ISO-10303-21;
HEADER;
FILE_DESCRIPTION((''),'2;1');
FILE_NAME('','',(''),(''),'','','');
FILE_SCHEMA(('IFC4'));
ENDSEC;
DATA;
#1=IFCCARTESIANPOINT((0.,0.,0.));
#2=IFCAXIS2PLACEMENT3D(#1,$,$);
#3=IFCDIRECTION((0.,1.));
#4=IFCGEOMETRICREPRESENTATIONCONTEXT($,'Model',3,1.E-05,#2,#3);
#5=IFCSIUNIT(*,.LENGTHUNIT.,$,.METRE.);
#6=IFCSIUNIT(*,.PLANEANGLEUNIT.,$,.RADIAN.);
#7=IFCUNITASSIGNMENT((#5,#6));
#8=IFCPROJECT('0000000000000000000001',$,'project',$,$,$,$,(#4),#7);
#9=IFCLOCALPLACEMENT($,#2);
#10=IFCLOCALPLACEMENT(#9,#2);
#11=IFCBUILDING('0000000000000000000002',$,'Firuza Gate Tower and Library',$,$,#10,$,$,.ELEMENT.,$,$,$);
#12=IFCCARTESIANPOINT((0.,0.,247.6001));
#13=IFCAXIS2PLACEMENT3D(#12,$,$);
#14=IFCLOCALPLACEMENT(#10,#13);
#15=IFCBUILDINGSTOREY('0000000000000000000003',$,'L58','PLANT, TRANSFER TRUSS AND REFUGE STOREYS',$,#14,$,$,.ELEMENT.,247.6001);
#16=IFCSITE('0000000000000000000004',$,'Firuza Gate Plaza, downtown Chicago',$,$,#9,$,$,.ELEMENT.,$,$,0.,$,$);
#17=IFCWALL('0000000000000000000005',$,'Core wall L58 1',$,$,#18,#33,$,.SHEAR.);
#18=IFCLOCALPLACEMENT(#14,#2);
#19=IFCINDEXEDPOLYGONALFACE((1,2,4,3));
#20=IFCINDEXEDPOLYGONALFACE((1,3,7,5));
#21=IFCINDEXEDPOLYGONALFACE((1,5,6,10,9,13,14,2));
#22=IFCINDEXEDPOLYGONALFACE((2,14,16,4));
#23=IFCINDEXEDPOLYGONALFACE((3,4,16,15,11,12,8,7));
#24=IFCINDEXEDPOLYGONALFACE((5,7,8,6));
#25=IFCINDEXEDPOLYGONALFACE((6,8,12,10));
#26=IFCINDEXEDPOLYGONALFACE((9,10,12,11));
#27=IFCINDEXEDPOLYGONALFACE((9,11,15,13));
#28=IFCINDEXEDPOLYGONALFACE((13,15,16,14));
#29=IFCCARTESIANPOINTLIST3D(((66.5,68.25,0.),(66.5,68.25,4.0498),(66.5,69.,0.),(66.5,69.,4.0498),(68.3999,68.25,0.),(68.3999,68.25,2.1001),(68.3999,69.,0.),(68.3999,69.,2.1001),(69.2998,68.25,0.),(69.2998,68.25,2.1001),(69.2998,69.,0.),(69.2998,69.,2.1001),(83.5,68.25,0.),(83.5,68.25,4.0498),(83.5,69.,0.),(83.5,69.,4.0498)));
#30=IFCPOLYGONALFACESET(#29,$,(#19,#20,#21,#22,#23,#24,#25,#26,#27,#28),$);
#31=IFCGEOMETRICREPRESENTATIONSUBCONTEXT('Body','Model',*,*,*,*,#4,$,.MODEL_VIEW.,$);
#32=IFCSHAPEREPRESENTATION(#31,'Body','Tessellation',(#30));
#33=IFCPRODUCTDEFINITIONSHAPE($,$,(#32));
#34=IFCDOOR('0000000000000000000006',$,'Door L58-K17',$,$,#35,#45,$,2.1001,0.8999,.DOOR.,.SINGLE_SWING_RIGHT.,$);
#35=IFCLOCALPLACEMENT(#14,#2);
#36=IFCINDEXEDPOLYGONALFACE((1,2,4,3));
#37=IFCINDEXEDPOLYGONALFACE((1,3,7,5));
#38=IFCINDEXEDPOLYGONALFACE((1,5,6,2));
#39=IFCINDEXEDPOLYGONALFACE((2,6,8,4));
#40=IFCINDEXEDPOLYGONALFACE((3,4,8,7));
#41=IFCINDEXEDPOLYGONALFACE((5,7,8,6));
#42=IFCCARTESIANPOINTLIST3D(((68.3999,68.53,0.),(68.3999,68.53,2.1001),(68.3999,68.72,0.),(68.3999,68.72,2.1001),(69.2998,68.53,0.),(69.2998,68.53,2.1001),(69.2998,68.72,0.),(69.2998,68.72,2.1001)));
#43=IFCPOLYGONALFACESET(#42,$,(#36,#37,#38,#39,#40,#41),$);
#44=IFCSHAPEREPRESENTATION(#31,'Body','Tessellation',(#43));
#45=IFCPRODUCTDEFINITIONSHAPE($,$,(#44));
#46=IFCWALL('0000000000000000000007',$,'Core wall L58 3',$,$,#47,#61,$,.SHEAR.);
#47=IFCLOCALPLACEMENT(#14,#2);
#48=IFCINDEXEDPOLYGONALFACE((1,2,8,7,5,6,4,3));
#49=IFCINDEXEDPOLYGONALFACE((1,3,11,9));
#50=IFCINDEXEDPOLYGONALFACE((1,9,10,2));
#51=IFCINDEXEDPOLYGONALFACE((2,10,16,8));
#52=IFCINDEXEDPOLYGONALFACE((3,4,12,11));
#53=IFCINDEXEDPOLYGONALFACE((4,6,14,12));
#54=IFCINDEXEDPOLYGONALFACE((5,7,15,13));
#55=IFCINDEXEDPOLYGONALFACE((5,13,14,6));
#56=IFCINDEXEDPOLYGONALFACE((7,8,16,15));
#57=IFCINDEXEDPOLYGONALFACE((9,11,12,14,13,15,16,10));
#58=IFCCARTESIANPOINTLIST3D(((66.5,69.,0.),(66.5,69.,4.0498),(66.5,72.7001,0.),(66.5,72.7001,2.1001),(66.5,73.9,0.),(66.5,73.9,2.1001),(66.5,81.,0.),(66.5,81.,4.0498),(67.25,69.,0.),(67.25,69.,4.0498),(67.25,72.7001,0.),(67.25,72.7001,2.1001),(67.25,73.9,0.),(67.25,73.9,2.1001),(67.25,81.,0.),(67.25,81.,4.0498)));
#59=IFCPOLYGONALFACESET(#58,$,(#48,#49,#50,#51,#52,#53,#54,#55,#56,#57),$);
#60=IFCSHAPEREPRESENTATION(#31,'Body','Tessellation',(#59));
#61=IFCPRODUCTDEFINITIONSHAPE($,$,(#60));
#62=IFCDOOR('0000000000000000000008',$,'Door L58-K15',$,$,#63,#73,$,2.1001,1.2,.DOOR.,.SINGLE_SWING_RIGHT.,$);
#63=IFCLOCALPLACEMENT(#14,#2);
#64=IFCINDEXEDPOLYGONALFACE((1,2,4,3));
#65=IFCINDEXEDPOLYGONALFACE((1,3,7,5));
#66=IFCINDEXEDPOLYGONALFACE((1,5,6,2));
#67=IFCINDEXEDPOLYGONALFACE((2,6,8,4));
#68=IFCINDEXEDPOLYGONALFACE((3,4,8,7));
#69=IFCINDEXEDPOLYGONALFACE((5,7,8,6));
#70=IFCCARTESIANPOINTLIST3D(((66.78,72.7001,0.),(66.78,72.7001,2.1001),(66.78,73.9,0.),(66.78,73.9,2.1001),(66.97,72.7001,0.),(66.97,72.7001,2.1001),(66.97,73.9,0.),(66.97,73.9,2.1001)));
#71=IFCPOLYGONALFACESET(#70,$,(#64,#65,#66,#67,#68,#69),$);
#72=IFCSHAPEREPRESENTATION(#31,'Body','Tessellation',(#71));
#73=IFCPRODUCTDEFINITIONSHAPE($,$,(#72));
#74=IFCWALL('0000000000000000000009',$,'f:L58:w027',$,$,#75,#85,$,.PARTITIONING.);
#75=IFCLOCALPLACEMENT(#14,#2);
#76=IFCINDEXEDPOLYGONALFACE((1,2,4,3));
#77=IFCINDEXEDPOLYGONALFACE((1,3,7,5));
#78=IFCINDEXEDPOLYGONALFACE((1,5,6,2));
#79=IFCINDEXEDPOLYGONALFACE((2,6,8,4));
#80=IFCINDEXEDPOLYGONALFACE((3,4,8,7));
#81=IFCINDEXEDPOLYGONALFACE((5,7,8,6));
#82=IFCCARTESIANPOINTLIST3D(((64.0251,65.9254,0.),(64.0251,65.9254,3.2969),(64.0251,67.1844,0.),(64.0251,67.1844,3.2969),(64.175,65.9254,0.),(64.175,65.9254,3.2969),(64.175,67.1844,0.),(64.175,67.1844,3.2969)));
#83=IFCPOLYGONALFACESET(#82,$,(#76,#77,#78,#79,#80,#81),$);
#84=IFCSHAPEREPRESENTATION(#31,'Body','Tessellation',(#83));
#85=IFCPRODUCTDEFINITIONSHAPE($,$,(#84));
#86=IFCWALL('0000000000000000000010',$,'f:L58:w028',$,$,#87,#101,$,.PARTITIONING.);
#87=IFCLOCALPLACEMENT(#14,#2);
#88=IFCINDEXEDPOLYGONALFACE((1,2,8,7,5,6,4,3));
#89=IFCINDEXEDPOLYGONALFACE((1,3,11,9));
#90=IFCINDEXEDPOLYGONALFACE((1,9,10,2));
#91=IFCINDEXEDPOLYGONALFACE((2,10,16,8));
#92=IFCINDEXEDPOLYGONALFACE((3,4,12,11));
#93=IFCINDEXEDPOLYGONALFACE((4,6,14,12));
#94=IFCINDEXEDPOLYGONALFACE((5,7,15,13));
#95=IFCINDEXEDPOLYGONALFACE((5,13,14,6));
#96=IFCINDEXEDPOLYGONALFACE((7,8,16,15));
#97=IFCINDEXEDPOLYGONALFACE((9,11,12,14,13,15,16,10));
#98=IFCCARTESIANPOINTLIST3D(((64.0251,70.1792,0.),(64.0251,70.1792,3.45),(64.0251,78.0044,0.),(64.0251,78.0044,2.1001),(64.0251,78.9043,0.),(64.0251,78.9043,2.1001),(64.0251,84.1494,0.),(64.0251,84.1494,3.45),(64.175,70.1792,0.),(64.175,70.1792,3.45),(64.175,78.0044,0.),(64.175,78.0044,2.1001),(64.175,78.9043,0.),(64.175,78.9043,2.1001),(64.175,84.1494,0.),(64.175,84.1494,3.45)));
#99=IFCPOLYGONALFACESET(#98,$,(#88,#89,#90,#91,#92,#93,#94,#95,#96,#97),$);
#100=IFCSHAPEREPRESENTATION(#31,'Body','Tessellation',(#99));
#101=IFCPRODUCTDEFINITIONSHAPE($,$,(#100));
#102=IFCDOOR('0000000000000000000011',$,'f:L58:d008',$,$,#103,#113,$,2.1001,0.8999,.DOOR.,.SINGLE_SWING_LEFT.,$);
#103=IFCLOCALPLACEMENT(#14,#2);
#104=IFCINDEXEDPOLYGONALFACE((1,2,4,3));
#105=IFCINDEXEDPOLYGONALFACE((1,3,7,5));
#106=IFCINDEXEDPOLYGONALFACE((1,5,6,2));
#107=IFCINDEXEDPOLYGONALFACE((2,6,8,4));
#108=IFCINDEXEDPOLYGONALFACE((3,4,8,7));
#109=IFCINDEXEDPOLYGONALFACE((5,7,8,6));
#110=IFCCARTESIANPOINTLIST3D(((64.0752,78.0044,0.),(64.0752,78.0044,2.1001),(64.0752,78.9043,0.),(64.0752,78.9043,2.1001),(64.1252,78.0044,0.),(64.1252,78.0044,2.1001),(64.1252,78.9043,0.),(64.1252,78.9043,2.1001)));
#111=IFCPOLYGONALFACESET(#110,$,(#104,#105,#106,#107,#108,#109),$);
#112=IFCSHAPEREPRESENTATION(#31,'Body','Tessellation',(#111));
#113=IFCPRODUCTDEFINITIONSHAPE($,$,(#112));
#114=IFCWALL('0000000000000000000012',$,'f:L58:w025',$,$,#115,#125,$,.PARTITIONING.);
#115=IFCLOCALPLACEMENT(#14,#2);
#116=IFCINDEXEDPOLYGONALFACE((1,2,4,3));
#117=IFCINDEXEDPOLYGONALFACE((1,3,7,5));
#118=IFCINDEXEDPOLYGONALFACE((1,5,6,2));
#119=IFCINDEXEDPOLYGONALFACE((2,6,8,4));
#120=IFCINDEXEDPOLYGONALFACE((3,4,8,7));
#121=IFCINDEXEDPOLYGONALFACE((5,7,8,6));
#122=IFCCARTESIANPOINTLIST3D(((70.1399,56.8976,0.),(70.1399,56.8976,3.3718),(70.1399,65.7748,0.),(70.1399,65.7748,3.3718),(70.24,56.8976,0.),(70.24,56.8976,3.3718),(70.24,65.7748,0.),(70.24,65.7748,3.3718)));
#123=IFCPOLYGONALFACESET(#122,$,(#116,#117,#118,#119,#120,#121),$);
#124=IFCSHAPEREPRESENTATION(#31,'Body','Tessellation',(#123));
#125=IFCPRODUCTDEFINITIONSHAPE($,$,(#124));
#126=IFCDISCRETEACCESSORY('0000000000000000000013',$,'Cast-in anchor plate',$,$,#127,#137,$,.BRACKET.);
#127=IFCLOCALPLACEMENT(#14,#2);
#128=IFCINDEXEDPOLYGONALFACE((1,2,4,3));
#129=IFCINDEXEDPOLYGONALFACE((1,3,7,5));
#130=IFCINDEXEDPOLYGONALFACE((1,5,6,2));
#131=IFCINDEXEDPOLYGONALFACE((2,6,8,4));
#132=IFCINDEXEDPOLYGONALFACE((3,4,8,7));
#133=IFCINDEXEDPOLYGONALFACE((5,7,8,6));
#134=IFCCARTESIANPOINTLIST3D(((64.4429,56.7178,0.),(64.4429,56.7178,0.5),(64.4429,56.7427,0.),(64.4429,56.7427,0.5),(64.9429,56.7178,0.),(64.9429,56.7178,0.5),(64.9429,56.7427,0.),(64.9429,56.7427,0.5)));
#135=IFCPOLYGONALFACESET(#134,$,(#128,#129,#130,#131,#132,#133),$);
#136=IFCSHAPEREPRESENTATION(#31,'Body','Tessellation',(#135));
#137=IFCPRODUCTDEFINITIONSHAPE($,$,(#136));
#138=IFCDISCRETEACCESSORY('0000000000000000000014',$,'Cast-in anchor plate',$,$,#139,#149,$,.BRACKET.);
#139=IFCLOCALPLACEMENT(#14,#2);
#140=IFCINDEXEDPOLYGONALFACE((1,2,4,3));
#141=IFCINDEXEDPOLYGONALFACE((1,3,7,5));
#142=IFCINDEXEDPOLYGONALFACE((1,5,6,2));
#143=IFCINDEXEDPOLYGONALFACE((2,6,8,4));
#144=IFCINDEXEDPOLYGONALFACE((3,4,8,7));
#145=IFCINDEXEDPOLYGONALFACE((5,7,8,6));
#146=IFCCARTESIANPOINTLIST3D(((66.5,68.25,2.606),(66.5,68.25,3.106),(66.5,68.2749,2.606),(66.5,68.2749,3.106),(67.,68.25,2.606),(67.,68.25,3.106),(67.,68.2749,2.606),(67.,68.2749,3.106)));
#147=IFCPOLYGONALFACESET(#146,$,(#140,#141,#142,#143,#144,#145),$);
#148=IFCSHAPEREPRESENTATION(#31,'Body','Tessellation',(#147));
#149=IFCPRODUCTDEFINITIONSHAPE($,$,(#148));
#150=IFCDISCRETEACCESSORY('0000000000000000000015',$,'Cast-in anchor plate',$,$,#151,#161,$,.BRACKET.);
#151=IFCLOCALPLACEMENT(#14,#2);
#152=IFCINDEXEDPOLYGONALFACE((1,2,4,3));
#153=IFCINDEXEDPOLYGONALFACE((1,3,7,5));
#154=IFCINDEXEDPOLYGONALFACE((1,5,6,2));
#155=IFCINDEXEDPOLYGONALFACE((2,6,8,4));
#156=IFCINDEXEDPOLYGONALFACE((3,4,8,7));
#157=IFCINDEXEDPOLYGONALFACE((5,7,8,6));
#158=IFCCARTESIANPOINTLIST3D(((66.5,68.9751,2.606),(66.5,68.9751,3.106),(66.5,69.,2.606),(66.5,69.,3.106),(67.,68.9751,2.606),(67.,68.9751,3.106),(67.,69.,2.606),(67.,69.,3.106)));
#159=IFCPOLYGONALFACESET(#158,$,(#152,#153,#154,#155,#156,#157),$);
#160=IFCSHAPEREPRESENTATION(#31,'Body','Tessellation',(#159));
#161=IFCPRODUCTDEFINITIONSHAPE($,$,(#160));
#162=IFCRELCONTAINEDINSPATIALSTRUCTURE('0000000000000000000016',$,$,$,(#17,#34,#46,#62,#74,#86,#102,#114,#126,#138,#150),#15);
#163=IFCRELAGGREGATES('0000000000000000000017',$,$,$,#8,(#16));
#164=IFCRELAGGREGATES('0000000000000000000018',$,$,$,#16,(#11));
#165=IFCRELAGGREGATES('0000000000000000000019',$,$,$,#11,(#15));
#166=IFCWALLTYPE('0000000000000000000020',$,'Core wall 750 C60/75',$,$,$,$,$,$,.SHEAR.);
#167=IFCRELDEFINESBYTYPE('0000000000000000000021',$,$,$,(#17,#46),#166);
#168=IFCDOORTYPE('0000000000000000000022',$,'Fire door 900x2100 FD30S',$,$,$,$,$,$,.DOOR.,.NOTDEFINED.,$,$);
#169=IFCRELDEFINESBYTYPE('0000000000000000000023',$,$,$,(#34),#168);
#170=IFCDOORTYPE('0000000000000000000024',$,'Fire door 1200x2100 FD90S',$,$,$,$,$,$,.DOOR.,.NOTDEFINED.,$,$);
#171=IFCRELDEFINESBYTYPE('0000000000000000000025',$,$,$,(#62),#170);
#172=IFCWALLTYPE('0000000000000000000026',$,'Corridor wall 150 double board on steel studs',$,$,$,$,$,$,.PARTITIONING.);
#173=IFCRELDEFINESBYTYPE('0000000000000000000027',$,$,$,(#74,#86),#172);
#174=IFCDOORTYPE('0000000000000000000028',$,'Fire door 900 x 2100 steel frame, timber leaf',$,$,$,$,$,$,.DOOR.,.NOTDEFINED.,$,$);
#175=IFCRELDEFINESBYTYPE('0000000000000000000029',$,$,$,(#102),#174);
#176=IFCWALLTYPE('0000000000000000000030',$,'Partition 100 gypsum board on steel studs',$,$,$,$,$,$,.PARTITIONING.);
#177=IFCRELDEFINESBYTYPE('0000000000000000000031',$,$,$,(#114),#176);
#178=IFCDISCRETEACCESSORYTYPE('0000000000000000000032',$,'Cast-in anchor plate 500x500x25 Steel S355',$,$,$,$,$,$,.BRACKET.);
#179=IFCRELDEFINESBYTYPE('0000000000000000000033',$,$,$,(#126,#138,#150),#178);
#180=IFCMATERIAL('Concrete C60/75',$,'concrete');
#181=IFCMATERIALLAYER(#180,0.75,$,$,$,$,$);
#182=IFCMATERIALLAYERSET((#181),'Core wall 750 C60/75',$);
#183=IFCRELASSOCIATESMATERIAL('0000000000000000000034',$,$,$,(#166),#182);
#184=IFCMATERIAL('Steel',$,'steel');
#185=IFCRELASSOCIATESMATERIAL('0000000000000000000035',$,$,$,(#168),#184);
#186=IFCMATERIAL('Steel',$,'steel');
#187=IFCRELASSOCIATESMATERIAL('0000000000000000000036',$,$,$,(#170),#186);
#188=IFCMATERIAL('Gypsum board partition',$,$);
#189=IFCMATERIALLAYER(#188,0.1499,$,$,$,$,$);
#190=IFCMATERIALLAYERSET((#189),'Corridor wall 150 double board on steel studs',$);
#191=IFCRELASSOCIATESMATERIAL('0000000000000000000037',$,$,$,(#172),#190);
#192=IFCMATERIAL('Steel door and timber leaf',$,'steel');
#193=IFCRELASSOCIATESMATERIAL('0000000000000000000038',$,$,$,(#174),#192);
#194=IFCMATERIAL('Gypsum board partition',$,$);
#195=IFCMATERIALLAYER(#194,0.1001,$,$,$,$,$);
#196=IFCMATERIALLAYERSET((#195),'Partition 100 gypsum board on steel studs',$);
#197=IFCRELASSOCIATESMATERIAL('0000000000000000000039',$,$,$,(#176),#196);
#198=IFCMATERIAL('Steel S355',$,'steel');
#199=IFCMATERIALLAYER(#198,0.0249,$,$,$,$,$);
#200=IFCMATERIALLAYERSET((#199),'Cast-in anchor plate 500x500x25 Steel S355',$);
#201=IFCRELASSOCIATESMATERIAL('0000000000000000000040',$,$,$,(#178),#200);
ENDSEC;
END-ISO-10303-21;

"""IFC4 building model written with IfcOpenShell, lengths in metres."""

from ifc_helpers import new_model, si_unit, direction, frame, frame_2d, origin, origin_2d, place, context, subcontext, project, spatial, rectangle, extrude, material, layer, layer_set, type_object, element, fill, save


model = new_model("IFC4")

# Units and contexts
model_context = context("Model", 3, precision=1e-05, world=origin(), true_north=direction((0.0, 1.0)))
body_context = subcontext(model_context, "Body", "Model", "MODEL_VIEW")
ifc_project = project(units=[si_unit("LENGTHUNIT", "METRE"), si_unit("PLANEANGLEUNIT", "RADIAN")], contexts=[model_context])

# Site, building, storey
site_placement = place(None, origin())
site = spatial("IfcSite", under=ifc_project, at=site_placement, Name="Firuza Gate Plaza, downtown Chicago", CompositionType="ELEMENT", RefElevation=0.0)
building_placement = place(site_placement, origin())
building = spatial("IfcBuilding", under=site, at=building_placement, Name="Firuza Gate Tower and Library", CompositionType="ELEMENT")
storey_placement = place(building_placement, frame((0.0, 0.0, 247.6001)))
storey = spatial("IfcBuildingStorey", under=building, at=storey_placement, Name="L58", Description="PLANT, TRANSFER TRUSS AND REFUGE STOREYS", CompositionType="ELEMENT", Elevation=247.6001)

# Walls, openings, doors
ifc_material_1 = material(Name="Concrete C60/75", Category="concrete")
ifc_layer_1 = layer(ifc_material_1, 0.75)
ifc_layer_set_1 = layer_set([ifc_layer_1], Name="Core wall 750 C60/75")
wall_type_1 = type_object("IfcWallType", Name="Core wall 750 C60/75", PredefinedType="SHEAR", material=ifc_layer_set_1)
wall_1_placement = place(storey_placement, frame((66.5, 68.625, 0.0), z_axis=(0.0, 0.0, 1.0), x_axis=(1.0, 0.0, 0.0)))
wall_1 = element("IfcWall", 1, at=wall_1_placement, inside=storey, type_object=wall_type_1, Name="Core wall L58 1", PredefinedType="SHEAR", context=body_context, shape_type="SweptSolid", body=[
    extrude(rectangle(XDim=17.0, YDim=0.75, at=frame_2d((8.5, 0.0))), origin(), (0.0, 0.0, 1.0), 4.0498),
])
opening_1_placement = place(wall_1_placement, frame((1.8999, 0.0, 0.0)))
opening_1 = element("IfcOpeningElement", 2, at=opening_1_placement, cuts=wall_1, PredefinedType="OPENING", context=body_context, shape_type="SweptSolid", body=[
    extrude(rectangle(XDim=0.8999, YDim=2.1001, at=frame_2d((0.45, 1.05))), frame((0.0, 0.385, 0.0), z_axis=(0.0, -1.0, 0.0), x_axis=(1.0, 0.0, 0.0)), (0.0, 0.0, 1.0), 0.77),
])
ifc_material_2 = material(Name="Steel", Category="steel")
door_type_1 = type_object("IfcDoorType", Name="Fire door 900x2100 FD30S", OperationType="NOTDEFINED", PredefinedType="DOOR", material=ifc_material_2)
door_1_placement = place(opening_1_placement, origin())
door_1 = element("IfcDoor", 3, at=door_1_placement, inside=storey, type_object=door_type_1, Name="Door L58-K17", OperationType="SINGLE_SWING_RIGHT", OverallHeight=2.1001, OverallWidth=0.8999, PredefinedType="DOOR", context=body_context, shape_type="SweptSolid", body=[
    extrude(rectangle(XDim=0.8999, YDim=2.1001, at=frame_2d((0.45, 1.05))), frame((0.0, 0.095, 0.0), z_axis=(0.0, -1.0, 0.0), x_axis=(1.0, 0.0, 0.0)), (0.0, 0.0, 1.0), 0.1899),
])
fill(opening_1, door_1)
wall_2_placement = place(storey_placement, frame((66.875, 69.0, 0.0), z_axis=(0.0, 0.0, 1.0), x_axis=(0.0, 1.0, 0.0)))
wall_2 = element("IfcWall", 4, at=wall_2_placement, inside=storey, type_object=wall_type_1, Name="Core wall L58 3", PredefinedType="SHEAR", context=body_context, shape_type="SweptSolid", body=[
    extrude(rectangle(XDim=12.0, YDim=0.75, at=frame_2d((6.0, 0.0))), origin(), (0.0, 0.0, 1.0), 4.0498),
])
opening_2_placement = place(wall_2_placement, frame((3.7, 0.0, 0.0)))
opening_2 = element("IfcOpeningElement", 5, at=opening_2_placement, cuts=wall_2, PredefinedType="OPENING", context=body_context, shape_type="SweptSolid", body=[
    extrude(rectangle(XDim=1.2, YDim=2.1001, at=frame_2d((0.6001, 1.05))), frame((0.0, 0.385, 0.0), z_axis=(0.0, -1.0, 0.0), x_axis=(1.0, 0.0, 0.0)), (0.0, 0.0, 1.0), 0.77),
])
ifc_material_3 = material(Name="Steel", Category="steel")
door_type_2 = type_object("IfcDoorType", Name="Fire door 1200x2100 FD90S", OperationType="NOTDEFINED", PredefinedType="DOOR", material=ifc_material_3)
door_2_placement = place(opening_2_placement, origin())
door_2 = element("IfcDoor", 6, at=door_2_placement, inside=storey, type_object=door_type_2, Name="Door L58-K15", OperationType="SINGLE_SWING_RIGHT", OverallHeight=2.1001, OverallWidth=1.2, PredefinedType="DOOR", context=body_context, shape_type="SweptSolid", body=[
    extrude(rectangle(XDim=1.2, YDim=2.1001, at=frame_2d((0.6001, 1.05))), frame((0.0, 0.095, 0.0), z_axis=(0.0, -1.0, 0.0), x_axis=(1.0, 0.0, 0.0)), (0.0, 0.0, 1.0), 0.1899),
])
fill(opening_2, door_2)

# Wall
ifc_material_4 = material(Name="Gypsum board partition")
ifc_layer_2 = layer(ifc_material_4, 0.1499)
ifc_layer_set_2 = layer_set([ifc_layer_2], Name="Corridor wall 150 double board on steel studs")
wall_type_2 = type_object("IfcWallType", Name="Corridor wall 150 double board on steel studs", PredefinedType="PARTITIONING", material=ifc_layer_set_2)
wall_3_placement = place(storey_placement, frame((64.1001, 65.9255, 0.0), z_axis=(0.0, 0.0, 1.0), x_axis=(0.0, 1.0, 0.0)))
element("IfcWall", 7, at=wall_3_placement, inside=storey, type_object=wall_type_2, Name="f:L58:w027", PredefinedType="PARTITIONING", context=body_context, shape_type="SweptSolid", body=[
    extrude(rectangle(XDim=1.259, YDim=0.1499, at=frame_2d((0.6294, 0.0))), origin(), (0.0, 0.0, 1.0), 3.2969),
])

# Wall, opening, door
wall_4_placement = place(storey_placement, frame((64.1001, 70.1792, 0.0), z_axis=(0.0, 0.0, 1.0), x_axis=(0.0, 1.0, 0.0)))
wall_4 = element("IfcWall", 8, at=wall_4_placement, inside=storey, type_object=wall_type_2, Name="f:L58:w028", PredefinedType="PARTITIONING", context=body_context, shape_type="SweptSolid", body=[
    extrude(rectangle(XDim=13.9702, YDim=0.1499, at=frame_2d((6.9851, 0.0))), origin(), (0.0, 0.0, 1.0), 3.45),
])
opening_3_placement = place(wall_4_placement, frame((7.8252, 0.0, 0.0)))
opening_3 = element("IfcOpeningElement", 9, at=opening_3_placement, cuts=wall_4, PredefinedType="OPENING", context=body_context, shape_type="SweptSolid", body=[
    extrude(rectangle(XDim=0.8999, YDim=2.1001, at=frame_2d((0.45, 1.05))), frame((0.0, 0.085, 0.0), z_axis=(0.0, -1.0, 0.0), x_axis=(1.0, 0.0, 0.0)), (0.0, 0.0, 1.0), 0.1699),
])
ifc_material_5 = material(Name="Steel door and timber leaf", Category="steel")
door_type_3 = type_object("IfcDoorType", Name="Fire door 900 x 2100 steel frame, timber leaf", OperationType="NOTDEFINED", PredefinedType="DOOR", material=ifc_material_5)
door_3_placement = place(opening_3_placement, origin())
door_3 = element("IfcDoor", 10, at=door_3_placement, inside=storey, type_object=door_type_3, Name="f:L58:d008", OperationType="SINGLE_SWING_LEFT", OverallHeight=2.1001, OverallWidth=0.8999, PredefinedType="DOOR", context=body_context, shape_type="SweptSolid", body=[
    extrude(rectangle(XDim=0.8999, YDim=2.1001, at=frame_2d((0.45, 1.05))), frame((0.0, 0.0249, 0.0), z_axis=(0.0, -1.0, 0.0), x_axis=(1.0, 0.0, 0.0)), (0.0, 0.0, 1.0), 0.05),
])
fill(opening_3, door_3)

# Wall
ifc_material_6 = material(Name="Gypsum board partition")
ifc_layer_3 = layer(ifc_material_6, 0.1001)
ifc_layer_set_3 = layer_set([ifc_layer_3], Name="Partition 100 gypsum board on steel studs")
wall_type_3 = type_object("IfcWallType", Name="Partition 100 gypsum board on steel studs", PredefinedType="PARTITIONING", material=ifc_layer_set_3)
wall_5_placement = place(storey_placement, frame((70.1899, 56.8977, 0.0), z_axis=(0.0, 0.0, 1.0), x_axis=(0.0, 1.0, 0.0)))
element("IfcWall", 11, at=wall_5_placement, inside=storey, type_object=wall_type_3, Name="f:L58:w025", PredefinedType="PARTITIONING", context=body_context, shape_type="SweptSolid", body=[
    extrude(rectangle(XDim=8.8772, YDim=0.1001, at=frame_2d((4.4385, 0.0))), origin(), (0.0, 0.0, 1.0), 3.3718),
])

# Discrete accessories
ifc_material_7 = material(Name="Steel S355", Category="steel")
ifc_layer_4 = layer(ifc_material_7, 0.0249)
ifc_layer_set_4 = layer_set([ifc_layer_4], Name="Cast-in anchor plate 500x500x25 Steel S355")
discrete_accessory_type = type_object("IfcDiscreteAccessoryType", Name="Cast-in anchor plate 500x500x25 Steel S355", PredefinedType="BRACKET", material=ifc_layer_set_4)
for number, where, z_axis, x_axis, name in (
    (12, (64.6929, 56.7302, 0.0), (0.0, 0.0, 1.0), (1.0, 0.0, 0.0), "Cast-in anchor plate"),
    (13, (66.75, 68.2625, 2.606), (0.0, 0.0, 1.0), (1.0, 0.0, 0.0), "Cast-in anchor plate"),
    (14, (66.75, 68.9875, 2.606), (0.0, 0.0, 1.0), (1.0, 0.0, 0.0), "Cast-in anchor plate"),
):
    element("IfcDiscreteAccessory", number, at=place(storey_placement, frame(where, z_axis=z_axis, x_axis=x_axis)), inside=storey, type_object=discrete_accessory_type, Name=name, PredefinedType="BRACKET", context=body_context, shape_type="SweptSolid", body=[
        extrude(rectangle(XDim=0.5, YDim=0.0249, at=origin_2d()), origin(), (0.0, 0.0, 1.0), 0.5),
    ])

save(model, "model.ifc")
